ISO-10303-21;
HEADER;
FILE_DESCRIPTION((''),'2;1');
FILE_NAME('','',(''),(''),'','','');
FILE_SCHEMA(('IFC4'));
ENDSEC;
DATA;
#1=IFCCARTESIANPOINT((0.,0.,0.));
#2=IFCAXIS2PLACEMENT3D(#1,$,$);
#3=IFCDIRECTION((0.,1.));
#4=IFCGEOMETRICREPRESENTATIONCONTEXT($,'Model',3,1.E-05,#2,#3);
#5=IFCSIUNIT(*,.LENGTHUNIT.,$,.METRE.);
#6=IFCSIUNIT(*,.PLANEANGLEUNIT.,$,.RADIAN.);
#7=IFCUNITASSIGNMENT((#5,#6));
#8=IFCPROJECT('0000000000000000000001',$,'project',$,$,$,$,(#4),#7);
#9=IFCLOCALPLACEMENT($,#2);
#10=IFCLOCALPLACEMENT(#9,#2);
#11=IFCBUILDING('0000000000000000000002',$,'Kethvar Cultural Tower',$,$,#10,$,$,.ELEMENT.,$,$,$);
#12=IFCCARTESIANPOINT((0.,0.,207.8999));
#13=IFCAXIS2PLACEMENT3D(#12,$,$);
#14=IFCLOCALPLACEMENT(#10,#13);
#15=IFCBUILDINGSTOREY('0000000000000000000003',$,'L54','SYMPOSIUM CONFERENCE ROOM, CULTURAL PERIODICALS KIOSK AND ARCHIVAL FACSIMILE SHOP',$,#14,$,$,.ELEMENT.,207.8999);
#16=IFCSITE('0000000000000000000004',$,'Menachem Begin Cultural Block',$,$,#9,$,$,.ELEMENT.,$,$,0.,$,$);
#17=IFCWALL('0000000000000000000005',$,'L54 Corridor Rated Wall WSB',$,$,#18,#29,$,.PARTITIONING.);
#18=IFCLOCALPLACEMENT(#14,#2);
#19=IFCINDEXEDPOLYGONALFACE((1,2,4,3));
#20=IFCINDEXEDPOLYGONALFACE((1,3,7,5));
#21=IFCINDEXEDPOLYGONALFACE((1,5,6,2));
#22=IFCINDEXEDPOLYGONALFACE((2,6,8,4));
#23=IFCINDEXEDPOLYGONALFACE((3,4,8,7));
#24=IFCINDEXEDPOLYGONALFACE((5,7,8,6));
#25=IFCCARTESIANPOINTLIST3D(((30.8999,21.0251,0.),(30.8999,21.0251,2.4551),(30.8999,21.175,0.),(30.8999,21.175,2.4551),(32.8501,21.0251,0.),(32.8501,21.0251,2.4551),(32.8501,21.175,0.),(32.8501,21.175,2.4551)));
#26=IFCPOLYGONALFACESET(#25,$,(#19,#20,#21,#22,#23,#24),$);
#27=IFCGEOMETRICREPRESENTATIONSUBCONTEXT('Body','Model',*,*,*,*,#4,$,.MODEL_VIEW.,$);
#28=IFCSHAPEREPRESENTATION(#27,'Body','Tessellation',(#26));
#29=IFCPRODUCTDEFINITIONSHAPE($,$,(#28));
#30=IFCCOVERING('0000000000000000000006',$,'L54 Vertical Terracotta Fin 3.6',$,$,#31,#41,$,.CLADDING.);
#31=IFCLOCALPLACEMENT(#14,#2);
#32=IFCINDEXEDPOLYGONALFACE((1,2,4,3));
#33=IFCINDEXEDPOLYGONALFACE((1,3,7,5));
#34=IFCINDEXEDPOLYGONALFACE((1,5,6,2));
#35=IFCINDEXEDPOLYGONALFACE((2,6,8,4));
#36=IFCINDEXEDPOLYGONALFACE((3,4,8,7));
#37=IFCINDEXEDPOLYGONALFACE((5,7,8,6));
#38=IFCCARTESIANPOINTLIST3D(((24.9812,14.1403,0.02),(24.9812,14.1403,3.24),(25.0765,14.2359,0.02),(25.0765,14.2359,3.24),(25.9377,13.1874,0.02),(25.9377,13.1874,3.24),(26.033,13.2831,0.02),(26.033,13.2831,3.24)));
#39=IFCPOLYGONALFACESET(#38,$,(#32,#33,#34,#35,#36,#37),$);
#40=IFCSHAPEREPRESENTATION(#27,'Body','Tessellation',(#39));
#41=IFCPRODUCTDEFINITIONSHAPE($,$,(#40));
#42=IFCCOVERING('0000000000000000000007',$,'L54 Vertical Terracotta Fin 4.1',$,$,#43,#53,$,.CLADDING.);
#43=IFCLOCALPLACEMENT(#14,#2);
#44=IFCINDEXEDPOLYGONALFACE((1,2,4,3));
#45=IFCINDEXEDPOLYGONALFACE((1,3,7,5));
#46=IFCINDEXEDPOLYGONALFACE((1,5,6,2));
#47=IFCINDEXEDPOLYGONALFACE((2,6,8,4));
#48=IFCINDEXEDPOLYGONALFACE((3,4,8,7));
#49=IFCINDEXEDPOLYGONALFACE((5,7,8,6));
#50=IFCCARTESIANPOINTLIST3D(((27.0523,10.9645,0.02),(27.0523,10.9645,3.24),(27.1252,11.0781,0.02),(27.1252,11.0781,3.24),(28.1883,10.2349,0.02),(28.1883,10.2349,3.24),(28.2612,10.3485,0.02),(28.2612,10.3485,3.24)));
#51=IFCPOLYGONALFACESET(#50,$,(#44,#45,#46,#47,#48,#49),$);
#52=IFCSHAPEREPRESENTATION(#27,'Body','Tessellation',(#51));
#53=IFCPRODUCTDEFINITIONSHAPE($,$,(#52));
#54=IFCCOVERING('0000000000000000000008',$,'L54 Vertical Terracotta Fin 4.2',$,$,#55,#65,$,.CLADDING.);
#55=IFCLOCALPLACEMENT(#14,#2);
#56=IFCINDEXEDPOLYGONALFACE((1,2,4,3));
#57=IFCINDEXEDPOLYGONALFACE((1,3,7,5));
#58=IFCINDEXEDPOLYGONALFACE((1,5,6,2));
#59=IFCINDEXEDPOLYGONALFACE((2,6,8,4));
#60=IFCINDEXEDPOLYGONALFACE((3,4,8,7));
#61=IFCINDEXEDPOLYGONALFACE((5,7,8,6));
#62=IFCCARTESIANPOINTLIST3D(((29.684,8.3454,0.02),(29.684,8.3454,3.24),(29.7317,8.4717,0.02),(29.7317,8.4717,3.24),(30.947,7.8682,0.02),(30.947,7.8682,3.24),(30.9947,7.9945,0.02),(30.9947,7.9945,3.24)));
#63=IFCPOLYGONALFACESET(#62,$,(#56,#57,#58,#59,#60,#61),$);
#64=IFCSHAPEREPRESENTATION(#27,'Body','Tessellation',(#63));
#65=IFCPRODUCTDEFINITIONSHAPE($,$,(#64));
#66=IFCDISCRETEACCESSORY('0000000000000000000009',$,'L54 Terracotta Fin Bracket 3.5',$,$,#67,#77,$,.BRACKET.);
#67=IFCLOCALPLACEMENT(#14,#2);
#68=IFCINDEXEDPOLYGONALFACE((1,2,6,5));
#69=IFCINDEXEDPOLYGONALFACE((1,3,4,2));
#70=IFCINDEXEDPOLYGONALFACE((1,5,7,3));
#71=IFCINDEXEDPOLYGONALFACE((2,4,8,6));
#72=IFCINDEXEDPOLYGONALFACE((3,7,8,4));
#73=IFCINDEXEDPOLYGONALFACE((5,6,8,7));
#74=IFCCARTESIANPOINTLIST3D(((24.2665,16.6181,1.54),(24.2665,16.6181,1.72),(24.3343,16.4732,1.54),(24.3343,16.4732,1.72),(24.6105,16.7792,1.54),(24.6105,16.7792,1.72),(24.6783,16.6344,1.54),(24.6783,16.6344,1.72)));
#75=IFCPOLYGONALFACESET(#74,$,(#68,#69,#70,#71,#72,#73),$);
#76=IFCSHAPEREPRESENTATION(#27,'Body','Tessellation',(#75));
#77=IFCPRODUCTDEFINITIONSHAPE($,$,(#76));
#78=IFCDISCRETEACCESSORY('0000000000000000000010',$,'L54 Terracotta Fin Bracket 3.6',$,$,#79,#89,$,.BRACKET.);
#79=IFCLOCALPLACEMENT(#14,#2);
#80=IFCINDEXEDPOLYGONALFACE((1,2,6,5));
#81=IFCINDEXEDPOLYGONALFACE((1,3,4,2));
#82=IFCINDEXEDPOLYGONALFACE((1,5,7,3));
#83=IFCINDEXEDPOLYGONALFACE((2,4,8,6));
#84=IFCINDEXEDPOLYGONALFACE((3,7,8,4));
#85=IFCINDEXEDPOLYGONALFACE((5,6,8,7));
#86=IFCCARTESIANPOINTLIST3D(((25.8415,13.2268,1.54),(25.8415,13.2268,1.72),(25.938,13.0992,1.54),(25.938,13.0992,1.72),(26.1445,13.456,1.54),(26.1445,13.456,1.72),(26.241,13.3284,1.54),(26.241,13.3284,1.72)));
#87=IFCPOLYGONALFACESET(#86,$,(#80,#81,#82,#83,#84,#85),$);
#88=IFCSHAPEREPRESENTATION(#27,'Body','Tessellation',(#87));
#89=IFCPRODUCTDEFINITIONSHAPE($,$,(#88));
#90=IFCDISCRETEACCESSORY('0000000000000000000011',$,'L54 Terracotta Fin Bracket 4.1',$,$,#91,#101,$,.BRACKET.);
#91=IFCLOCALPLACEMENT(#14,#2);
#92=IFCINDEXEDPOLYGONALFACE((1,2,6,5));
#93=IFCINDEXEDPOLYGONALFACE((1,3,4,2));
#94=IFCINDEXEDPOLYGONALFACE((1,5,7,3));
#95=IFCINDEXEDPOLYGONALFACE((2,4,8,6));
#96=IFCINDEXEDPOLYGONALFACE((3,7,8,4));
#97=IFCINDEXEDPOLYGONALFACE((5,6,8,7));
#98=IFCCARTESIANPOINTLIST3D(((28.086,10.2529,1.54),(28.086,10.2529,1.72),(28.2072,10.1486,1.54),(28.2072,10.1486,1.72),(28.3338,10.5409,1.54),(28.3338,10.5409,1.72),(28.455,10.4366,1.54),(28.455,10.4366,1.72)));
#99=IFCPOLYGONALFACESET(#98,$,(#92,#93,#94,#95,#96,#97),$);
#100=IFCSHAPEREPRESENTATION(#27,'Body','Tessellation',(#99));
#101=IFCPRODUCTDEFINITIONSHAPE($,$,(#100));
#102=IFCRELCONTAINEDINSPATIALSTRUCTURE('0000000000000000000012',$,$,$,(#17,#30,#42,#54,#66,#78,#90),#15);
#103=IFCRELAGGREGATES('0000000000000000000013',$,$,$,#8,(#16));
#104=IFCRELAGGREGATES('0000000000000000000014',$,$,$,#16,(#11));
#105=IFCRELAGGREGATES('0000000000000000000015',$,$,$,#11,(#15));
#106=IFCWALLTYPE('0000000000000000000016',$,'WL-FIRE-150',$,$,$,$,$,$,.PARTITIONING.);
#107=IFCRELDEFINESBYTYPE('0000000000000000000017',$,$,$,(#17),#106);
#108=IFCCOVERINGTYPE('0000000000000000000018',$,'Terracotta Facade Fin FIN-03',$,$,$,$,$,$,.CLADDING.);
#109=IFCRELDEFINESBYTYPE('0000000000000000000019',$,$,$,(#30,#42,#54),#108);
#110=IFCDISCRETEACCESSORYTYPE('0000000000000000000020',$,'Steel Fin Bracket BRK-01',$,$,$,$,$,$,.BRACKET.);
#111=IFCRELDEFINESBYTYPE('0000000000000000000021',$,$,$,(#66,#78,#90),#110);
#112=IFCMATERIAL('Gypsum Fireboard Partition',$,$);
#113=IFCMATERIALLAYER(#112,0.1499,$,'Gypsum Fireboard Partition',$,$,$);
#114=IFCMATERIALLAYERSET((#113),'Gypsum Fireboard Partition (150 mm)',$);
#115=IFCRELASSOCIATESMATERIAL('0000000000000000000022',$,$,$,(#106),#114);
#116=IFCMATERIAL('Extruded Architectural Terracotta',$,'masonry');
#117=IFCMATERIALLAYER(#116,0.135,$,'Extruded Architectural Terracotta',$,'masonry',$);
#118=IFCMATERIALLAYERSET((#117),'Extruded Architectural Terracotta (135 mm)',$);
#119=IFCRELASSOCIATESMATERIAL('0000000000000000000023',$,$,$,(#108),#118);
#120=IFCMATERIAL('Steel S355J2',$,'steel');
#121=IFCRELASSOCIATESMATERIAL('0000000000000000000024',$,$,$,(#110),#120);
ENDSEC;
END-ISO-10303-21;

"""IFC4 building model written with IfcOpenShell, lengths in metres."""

from ifc_helpers import new_model, si_unit, direction, frame, frame_2d, origin, origin_2d, place, context, subcontext, project, spatial, rectangle, extrude, source, transform, mapped, material, layer, layer_set, type_object, element, save


model = new_model("IFC4")

# Units and contexts
model_context = context("Model", 3, precision=1e-05, world=origin(), true_north=direction((0.0, 1.0)))
body_context = subcontext(model_context, "Body", "Model", "MODEL_VIEW")
ifc_project = project(units=[si_unit("LENGTHUNIT", "METRE"), si_unit("PLANEANGLEUNIT", "RADIAN")], contexts=[model_context])

# Site, building, storey
site_placement = place(None, origin())
site = spatial("IfcSite", under=ifc_project, at=site_placement, Name="Menachem Begin Cultural Block", CompositionType="ELEMENT", RefElevation=0.0)
building_placement = place(site_placement, origin())
building = spatial("IfcBuilding", under=site, at=building_placement, Name="Kethvar Cultural Tower", CompositionType="ELEMENT")
storey_placement = place(building_placement, frame((0.0, 0.0, 207.8999)))
storey = spatial("IfcBuildingStorey", under=building, at=storey_placement, Name="L54", Description="SYMPOSIUM CONFERENCE ROOM, CULTURAL PERIODICALS KIOSK AND ARCHIVAL FACSIMILE SHOP", CompositionType="ELEMENT", Elevation=207.8999)

# Shared definitions
ifc_material_1 = material(Name="Steel S355J2", Category="steel")

# Wall
ifc_material_2 = material(Name="Gypsum Fireboard Partition")
ifc_layer_1 = layer(ifc_material_2, 0.1499, Name="Gypsum Fireboard Partition")
ifc_layer_set_1 = layer_set([ifc_layer_1], Name="Gypsum Fireboard Partition (150 mm)")
wall_type = type_object("IfcWallType", Name="WL-FIRE-150", PredefinedType="PARTITIONING", material=ifc_layer_set_1)
wall_1_placement = place(storey_placement, frame((30.8999, 21.1001, 0.0), z_axis=(0.0, 0.0, 1.0), x_axis=(1.0, 0.0, 0.0)))
element("IfcWall", 1, at=wall_1_placement, inside=storey, type_object=wall_type, Name="L54 Corridor Rated Wall WSB", PredefinedType="PARTITIONING", context=body_context, shape_type="SweptSolid", body=[
    extrude(rectangle(XDim=1.9502, YDim=0.1499, at=frame_2d((0.9751, 0.0))), origin(), (0.0, 0.0, 1.0), 2.4551),
])

# Coverings
ifc_material_3 = material(Name="Extruded Architectural Terracotta", Category="masonry")
ifc_layer_2 = layer(ifc_material_3, 0.135, Name="Extruded Architectural Terracotta", Category="masonry")
ifc_layer_set_2 = layer_set([ifc_layer_2], Name="Extruded Architectural Terracotta (135 mm)")
covering_type = type_object("IfcCoveringType", Name="Terracotta Facade Fin FIN-03", PredefinedType="CLADDING", material=ifc_layer_set_2)
shared_shape_1 = source(origin(), body_context, "Body", "SweptSolid", [
    extrude(rectangle(XDim=1.3501, YDim=0.135, at=origin_2d()), origin(), (0.0, 0.0, 1.0), 3.22),
])
for number, where, z_axis, x_axis, name in (
    (2, (25.5071, 13.7117, 0.02), (0.0, 0.0, 1.0), (-0.708463, 0.705748, 0.0), "L54 Vertical Terracotta Fin 3.6"),
    (3, (27.6567, 10.6565, 0.02), (0.0, 0.0, 1.0), (-0.841416, 0.540387, 0.0), "L54 Vertical Terracotta Fin 4.1"),
    (4, (30.3394, 8.1699, 0.02), (0.0, 0.0, 1.0), (-0.935444, 0.353475, 0.0), "L54 Vertical Terracotta Fin 4.2"),
):
    element("IfcCovering", number, at=place(storey_placement, frame(where, z_axis=z_axis, x_axis=x_axis)), inside=storey, type_object=covering_type, Name=name, PredefinedType="CLADDING", context=body_context, shape_type="MappedRepresentation", body=[
        mapped(shared_shape_1, transform((0.0, 0.0, 0.0), scale=1.0)),
    ])

# Discrete accessories
discrete_accessory_type = type_object("IfcDiscreteAccessoryType", Name="Steel Fin Bracket BRK-01", PredefinedType="BRACKET", material=ifc_material_1)
shared_shape_2 = source(origin(), body_context, "Body", "SweptSolid", [
    extrude(rectangle(XDim=0.3799, YDim=0.1599, at=origin_2d()), origin(), (0.0, 0.0, 1.0), 0.1799),
])
for number, where, z_axis, x_axis, name in (
    (5, (24.4724, 16.6262, 1.54), (0.0, 0.0, 1.0), (-0.905569, -0.424199, 0.0), "L54 Terracotta Fin Bracket 3.5"),
    (6, (26.0413, 13.2776, 1.54), (0.0, 0.0, 1.0), (-0.797479, -0.603347, 0.0), "L54 Terracotta Fin Bracket 3.6"),
    (7, (28.2705, 10.3447, 1.54), (0.0, 0.0, 1.0), (-0.652231, -0.758021, 0.0), "L54 Terracotta Fin Bracket 4.1"),
):
    element("IfcDiscreteAccessory", number, at=place(storey_placement, frame(where, z_axis=z_axis, x_axis=x_axis)), inside=storey, type_object=discrete_accessory_type, Name=name, PredefinedType="BRACKET", context=body_context, shape_type="MappedRepresentation", body=[
        mapped(shared_shape_2, transform((0.0, 0.0, 0.0), scale=1.0)),
    ])

save(model, "model.ifc")
